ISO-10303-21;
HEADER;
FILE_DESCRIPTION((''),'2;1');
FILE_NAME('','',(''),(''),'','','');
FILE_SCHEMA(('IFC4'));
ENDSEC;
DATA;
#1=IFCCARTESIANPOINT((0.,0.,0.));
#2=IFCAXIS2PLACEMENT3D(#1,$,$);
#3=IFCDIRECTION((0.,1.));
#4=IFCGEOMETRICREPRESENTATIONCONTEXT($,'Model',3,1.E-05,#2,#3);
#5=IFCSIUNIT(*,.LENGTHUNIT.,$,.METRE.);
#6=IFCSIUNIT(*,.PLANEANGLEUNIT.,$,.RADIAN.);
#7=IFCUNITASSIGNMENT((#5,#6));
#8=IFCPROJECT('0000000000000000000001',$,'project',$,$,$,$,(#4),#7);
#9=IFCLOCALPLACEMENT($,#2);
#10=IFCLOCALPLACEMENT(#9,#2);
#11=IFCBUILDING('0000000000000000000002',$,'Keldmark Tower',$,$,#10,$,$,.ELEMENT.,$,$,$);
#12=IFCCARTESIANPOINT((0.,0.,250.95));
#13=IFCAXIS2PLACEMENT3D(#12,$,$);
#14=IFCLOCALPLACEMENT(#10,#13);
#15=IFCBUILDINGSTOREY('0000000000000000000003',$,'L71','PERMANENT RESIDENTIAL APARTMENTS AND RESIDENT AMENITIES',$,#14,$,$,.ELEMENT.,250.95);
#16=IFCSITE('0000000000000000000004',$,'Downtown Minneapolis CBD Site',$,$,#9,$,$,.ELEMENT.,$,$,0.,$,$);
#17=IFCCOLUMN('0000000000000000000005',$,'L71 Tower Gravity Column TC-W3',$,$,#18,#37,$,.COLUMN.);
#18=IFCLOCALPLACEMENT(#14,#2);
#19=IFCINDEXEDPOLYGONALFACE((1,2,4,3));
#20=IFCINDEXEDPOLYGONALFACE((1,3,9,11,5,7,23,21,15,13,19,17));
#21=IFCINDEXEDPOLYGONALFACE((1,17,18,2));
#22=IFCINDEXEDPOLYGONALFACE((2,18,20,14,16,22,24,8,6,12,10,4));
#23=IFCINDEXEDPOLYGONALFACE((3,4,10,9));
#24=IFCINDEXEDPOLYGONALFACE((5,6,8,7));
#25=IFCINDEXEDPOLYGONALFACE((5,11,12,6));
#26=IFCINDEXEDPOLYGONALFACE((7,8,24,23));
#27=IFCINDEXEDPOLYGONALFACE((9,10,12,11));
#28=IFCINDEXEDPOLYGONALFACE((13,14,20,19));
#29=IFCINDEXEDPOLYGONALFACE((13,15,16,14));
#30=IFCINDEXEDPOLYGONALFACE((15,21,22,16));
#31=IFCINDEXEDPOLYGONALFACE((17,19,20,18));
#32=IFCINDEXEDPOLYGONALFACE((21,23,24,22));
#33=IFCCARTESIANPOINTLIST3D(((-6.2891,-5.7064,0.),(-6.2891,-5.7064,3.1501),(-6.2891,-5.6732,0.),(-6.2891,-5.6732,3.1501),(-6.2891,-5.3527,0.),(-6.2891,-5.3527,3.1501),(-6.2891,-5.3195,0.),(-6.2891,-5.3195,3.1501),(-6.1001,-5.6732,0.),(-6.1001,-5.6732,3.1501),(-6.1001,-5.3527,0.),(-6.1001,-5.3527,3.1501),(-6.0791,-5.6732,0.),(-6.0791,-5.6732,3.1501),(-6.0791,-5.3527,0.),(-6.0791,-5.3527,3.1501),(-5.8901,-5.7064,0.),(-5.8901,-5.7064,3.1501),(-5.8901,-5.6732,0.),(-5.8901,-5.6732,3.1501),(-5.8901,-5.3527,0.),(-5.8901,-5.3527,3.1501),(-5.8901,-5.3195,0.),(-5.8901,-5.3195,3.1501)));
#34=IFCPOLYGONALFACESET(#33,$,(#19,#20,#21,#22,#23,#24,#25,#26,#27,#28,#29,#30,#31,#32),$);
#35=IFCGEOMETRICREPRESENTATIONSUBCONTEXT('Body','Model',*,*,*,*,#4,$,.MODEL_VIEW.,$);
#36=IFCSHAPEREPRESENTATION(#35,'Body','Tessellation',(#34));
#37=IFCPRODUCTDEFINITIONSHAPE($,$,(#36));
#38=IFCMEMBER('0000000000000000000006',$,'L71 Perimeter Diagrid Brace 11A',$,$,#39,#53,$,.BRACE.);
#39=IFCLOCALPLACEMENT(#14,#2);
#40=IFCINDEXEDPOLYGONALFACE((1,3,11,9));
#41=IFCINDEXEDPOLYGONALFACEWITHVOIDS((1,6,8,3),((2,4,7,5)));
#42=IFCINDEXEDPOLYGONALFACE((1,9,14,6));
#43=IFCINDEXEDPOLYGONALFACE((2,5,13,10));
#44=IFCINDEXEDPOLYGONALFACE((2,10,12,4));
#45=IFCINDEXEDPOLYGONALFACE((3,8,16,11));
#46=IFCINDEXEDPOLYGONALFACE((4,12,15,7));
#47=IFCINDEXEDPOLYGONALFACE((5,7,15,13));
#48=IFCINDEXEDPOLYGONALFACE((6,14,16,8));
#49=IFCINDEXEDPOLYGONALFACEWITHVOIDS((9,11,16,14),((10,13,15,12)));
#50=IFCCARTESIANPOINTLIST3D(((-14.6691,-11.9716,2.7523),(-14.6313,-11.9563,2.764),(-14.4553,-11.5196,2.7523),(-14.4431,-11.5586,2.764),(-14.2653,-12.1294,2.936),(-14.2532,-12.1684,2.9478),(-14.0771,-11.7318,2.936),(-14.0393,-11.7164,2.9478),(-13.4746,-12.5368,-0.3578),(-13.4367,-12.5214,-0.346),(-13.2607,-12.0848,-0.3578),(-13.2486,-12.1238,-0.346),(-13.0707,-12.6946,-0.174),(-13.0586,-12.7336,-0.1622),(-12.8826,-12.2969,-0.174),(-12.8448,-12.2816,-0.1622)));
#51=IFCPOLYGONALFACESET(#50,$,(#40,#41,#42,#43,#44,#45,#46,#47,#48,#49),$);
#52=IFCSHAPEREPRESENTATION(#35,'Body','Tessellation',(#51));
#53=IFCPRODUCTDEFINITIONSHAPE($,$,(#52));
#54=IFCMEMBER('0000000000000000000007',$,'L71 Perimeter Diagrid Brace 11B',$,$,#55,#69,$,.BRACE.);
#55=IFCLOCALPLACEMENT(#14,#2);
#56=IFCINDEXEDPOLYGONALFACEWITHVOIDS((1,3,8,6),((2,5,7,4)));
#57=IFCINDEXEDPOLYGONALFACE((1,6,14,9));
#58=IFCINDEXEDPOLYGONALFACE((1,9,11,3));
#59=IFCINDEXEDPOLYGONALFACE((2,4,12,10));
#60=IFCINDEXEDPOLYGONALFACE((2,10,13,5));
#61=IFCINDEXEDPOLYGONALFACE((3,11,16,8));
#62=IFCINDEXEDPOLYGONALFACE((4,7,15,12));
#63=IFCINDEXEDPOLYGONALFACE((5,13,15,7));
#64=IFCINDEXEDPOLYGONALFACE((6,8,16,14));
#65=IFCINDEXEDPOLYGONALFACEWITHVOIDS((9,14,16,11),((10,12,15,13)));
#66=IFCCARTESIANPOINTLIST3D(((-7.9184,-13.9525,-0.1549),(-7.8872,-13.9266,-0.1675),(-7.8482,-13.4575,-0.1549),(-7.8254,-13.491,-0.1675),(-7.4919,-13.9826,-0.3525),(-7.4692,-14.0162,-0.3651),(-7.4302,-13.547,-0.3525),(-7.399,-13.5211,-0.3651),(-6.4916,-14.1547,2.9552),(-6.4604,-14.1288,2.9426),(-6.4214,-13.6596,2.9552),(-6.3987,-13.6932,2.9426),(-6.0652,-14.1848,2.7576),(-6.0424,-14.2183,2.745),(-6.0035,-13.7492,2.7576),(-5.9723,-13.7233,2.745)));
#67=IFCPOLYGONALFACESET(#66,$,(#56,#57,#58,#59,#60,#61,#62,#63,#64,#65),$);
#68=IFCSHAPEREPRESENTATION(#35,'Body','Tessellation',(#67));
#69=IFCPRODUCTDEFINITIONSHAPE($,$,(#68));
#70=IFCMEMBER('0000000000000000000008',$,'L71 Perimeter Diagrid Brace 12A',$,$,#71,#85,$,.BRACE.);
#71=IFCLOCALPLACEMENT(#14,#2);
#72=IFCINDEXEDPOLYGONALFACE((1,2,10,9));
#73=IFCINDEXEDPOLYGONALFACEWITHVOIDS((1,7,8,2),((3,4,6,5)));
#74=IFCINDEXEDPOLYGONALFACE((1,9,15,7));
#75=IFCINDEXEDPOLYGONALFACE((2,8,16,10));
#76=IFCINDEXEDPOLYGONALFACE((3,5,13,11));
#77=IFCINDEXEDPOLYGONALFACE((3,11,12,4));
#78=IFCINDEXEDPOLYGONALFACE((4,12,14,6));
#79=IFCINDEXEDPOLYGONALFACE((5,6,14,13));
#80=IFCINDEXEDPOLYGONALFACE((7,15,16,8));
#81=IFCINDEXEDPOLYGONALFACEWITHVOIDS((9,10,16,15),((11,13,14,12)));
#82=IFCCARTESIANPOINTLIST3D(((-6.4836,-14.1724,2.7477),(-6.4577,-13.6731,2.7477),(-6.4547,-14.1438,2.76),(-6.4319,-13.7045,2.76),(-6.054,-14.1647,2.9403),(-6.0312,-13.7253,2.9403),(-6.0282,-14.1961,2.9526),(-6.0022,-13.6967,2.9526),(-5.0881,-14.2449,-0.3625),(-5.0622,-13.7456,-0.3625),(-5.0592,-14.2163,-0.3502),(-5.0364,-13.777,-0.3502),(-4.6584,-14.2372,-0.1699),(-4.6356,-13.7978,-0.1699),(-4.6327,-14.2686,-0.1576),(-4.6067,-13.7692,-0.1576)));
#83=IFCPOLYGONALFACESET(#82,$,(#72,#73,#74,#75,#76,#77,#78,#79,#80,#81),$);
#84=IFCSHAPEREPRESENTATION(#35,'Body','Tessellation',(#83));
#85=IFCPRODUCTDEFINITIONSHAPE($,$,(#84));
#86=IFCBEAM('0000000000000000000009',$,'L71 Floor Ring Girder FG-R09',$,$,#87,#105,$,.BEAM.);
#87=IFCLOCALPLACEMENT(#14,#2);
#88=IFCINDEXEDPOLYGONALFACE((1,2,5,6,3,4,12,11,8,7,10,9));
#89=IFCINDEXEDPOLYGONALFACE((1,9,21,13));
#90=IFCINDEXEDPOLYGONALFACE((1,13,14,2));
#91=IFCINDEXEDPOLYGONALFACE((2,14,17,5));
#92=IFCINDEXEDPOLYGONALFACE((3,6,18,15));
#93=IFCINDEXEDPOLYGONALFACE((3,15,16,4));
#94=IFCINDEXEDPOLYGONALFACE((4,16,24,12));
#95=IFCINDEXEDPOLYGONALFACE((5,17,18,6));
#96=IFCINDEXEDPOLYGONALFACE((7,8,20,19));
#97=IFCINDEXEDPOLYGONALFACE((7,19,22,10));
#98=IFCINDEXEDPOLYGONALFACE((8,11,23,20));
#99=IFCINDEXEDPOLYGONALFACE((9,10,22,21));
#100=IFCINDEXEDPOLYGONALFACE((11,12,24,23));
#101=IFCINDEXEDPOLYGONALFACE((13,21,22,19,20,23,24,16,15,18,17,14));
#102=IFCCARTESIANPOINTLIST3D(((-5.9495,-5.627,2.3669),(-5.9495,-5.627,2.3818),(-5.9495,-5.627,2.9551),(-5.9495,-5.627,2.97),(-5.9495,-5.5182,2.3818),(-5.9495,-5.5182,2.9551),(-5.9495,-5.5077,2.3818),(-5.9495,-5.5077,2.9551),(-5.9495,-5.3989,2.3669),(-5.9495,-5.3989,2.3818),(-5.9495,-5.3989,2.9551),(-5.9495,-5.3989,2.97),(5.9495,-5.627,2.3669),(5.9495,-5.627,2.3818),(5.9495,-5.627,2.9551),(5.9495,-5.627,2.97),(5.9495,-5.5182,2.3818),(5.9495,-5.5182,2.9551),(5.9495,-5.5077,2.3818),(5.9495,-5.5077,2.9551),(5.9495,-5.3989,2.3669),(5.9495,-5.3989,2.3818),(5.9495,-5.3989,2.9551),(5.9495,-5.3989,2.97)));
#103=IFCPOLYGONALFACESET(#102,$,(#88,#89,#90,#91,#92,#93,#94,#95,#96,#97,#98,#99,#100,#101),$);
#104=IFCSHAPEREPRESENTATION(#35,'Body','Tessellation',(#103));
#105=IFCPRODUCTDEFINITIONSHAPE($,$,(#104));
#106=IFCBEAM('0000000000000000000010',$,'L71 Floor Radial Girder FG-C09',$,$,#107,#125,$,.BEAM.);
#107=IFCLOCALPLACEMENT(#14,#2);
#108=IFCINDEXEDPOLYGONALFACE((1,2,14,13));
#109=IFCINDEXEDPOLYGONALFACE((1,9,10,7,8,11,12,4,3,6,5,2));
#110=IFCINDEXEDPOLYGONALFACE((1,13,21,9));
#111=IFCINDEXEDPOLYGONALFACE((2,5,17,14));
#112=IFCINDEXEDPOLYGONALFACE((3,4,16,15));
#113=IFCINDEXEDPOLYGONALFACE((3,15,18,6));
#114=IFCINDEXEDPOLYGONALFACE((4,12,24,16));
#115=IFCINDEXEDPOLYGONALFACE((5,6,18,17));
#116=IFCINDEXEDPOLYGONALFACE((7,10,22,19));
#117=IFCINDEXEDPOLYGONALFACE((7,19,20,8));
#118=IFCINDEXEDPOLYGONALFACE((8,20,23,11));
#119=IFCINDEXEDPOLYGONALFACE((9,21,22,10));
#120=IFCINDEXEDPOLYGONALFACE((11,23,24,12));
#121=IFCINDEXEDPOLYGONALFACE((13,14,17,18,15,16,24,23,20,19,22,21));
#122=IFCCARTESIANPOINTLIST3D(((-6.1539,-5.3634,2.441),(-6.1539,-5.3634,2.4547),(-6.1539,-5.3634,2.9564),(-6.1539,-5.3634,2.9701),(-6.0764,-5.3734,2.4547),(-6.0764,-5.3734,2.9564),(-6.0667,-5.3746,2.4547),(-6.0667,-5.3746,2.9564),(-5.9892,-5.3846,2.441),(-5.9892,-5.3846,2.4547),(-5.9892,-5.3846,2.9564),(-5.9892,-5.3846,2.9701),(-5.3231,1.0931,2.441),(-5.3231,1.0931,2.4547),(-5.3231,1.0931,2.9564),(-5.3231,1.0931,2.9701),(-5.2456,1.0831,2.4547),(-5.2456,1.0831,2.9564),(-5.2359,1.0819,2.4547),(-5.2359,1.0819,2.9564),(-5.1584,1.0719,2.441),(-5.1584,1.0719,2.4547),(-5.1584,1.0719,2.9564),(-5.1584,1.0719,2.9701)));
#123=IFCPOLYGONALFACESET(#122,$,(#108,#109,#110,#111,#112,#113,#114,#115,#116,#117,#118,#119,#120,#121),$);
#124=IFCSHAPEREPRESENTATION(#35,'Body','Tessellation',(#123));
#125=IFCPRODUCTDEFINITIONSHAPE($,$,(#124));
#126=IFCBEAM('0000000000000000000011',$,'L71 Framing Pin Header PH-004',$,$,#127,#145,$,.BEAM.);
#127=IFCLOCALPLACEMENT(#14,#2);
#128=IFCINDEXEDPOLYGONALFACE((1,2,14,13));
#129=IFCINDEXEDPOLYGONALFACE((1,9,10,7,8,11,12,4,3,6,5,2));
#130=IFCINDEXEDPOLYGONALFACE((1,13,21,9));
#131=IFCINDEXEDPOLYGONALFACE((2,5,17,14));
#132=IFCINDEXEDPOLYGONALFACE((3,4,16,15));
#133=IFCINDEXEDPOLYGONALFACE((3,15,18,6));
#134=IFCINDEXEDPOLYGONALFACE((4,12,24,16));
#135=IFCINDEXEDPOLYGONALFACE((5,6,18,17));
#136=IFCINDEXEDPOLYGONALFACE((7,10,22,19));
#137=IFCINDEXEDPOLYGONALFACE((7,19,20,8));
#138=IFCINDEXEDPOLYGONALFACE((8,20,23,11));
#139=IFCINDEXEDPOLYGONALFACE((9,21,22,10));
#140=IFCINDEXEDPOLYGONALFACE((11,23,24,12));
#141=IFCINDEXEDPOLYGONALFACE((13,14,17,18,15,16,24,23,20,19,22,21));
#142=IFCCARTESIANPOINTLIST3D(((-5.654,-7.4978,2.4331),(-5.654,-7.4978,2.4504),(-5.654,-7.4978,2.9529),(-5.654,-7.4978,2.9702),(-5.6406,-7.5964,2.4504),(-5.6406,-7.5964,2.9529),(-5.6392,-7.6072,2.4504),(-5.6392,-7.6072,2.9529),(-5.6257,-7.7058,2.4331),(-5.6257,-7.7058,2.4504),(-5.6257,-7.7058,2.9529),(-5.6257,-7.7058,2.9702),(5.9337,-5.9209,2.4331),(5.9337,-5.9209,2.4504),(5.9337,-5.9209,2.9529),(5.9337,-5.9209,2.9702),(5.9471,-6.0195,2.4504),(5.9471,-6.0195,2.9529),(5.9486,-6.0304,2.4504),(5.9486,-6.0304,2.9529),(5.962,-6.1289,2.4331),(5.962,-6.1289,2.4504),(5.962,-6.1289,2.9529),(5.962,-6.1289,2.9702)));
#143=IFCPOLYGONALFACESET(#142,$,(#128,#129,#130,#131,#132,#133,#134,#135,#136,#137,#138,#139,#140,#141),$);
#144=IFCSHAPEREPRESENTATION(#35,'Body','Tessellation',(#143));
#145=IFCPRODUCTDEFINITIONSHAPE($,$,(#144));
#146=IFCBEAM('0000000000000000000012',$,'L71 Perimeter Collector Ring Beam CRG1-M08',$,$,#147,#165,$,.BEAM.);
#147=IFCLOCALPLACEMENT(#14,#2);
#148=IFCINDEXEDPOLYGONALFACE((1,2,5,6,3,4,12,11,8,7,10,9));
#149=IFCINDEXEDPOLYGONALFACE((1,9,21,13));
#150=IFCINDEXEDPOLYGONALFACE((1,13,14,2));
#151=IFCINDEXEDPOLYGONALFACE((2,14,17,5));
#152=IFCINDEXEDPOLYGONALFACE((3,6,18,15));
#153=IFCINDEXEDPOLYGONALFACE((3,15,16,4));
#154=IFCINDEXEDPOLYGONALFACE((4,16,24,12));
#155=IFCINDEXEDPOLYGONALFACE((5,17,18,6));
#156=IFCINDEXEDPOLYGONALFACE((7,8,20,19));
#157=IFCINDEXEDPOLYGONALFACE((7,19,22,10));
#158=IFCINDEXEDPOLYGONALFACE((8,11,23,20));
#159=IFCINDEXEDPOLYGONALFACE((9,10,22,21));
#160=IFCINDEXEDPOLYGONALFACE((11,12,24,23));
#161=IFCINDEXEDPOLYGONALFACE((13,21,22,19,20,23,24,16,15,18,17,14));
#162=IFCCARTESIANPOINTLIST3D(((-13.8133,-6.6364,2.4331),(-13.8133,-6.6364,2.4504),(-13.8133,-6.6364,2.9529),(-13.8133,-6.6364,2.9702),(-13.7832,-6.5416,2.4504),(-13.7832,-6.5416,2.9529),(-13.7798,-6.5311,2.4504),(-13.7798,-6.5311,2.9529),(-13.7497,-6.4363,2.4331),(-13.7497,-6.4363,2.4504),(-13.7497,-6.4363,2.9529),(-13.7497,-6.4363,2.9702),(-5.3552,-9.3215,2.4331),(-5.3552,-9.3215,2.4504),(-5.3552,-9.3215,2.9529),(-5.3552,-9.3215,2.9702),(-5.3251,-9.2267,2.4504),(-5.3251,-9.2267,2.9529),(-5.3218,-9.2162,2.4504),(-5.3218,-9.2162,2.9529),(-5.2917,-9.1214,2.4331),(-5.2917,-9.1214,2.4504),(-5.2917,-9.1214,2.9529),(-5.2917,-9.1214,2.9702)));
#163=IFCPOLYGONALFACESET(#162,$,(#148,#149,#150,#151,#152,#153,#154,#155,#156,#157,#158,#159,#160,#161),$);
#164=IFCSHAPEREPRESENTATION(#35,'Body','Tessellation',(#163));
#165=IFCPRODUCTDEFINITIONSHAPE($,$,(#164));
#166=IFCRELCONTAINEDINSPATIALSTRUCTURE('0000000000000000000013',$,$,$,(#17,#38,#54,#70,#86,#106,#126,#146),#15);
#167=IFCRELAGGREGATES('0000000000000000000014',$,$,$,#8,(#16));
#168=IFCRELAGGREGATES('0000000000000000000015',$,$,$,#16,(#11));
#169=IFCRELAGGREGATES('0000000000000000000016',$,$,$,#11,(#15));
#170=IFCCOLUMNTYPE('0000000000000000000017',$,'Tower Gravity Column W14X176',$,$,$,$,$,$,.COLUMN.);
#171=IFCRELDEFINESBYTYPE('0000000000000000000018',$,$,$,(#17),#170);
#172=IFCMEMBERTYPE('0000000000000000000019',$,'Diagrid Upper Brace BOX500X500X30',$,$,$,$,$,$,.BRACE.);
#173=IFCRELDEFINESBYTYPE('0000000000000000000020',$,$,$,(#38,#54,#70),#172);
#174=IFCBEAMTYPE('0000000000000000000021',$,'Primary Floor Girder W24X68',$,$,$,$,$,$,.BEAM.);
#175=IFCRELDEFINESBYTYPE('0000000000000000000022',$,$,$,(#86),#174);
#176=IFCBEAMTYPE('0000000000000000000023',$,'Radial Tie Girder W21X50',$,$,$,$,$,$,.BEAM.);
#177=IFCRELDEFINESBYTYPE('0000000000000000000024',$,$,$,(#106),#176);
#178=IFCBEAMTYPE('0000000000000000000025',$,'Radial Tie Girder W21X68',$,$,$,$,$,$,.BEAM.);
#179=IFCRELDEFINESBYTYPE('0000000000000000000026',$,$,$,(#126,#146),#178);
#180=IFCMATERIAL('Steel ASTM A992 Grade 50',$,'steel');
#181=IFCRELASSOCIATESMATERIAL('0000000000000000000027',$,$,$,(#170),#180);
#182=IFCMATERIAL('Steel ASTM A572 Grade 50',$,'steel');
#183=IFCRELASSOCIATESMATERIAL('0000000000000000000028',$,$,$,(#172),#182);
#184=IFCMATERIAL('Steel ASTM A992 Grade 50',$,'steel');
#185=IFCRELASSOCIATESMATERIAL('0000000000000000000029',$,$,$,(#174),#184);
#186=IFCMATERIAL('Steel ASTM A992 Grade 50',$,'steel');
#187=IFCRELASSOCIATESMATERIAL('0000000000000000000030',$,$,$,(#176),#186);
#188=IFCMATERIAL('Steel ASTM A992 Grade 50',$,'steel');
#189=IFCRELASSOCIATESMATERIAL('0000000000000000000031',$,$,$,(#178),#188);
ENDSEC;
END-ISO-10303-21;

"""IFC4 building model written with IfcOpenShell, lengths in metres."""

from ifc_helpers import new_model, si_unit, direction, frame, origin, origin_2d, place, context, subcontext, project, spatial, hollow_rectangle, i_section, extrude, material, material_profile, profile_set, type_object, element, save


model = new_model("IFC4")

# Units and contexts
model_context = context("Model", 3, precision=1e-05, world=origin(), true_north=direction((0.0, 1.0)))
body_context = subcontext(model_context, "Body", "Model", "MODEL_VIEW")
ifc_project = project(units=[si_unit("LENGTHUNIT", "METRE"), si_unit("PLANEANGLEUNIT", "RADIAN")], contexts=[model_context])

# Site, building, storey
site_placement = place(None, origin())
site = spatial("IfcSite", under=ifc_project, at=site_placement, Name="Downtown Minneapolis CBD Site", CompositionType="ELEMENT", RefElevation=0.0)
building_placement = place(site_placement, origin())
building = spatial("IfcBuilding", under=site, at=building_placement, Name="Keldmark Tower", CompositionType="ELEMENT")
storey_placement = place(building_placement, frame((0.0, 0.0, 250.95)))
storey = spatial("IfcBuildingStorey", under=building, at=storey_placement, Name="L71", Description="PERMANENT RESIDENTIAL APARTMENTS AND RESIDENT AMENITIES", CompositionType="ELEMENT", Elevation=250.95)

# Column
ifc_material_1 = material(Name="Steel ASTM A992 Grade 50", Category="steel")
ifc_material_profile_1 = material_profile(ifc_material_1, i_section(OverallWidth=0.3989, OverallDepth=0.387, WebThickness=0.021, FlangeThickness=0.0332, at=origin_2d()), Name="W14X176")
ifc_profile_set_1 = profile_set([ifc_material_profile_1], Name="Steel ASTM A992 Grade 50")
column_type = type_object("IfcColumnType", Name="Tower Gravity Column W14X176", PredefinedType="COLUMN", material=ifc_profile_set_1)
column_placement = place(storey_placement, frame((-6.0896, -5.5129, 0.0), z_axis=(0.0, 0.0, 1.0), x_axis=(1.0, 0.0, 0.0)))
element("IfcColumn", 1, at=column_placement, inside=storey, type_object=column_type, Name="L71 Tower Gravity Column TC-W3", PredefinedType="COLUMN", context=body_context, shape_type="SweptSolid", body=[
    extrude(i_section(OverallWidth=0.3989, OverallDepth=0.387, WebThickness=0.021, FlangeThickness=0.0332, at=origin_2d()), origin(), (0.0, 0.0, 1.0), 3.1501),
])

# Members
ifc_material_2 = material(Name="Steel ASTM A572 Grade 50", Category="steel")
ifc_material_profile_2 = material_profile(ifc_material_2, hollow_rectangle(XDim=0.5, YDim=0.5, WallThickness=0.03, at=origin_2d()), Name="BOX500X500X30")
ifc_profile_set_2 = profile_set([ifc_material_profile_2], Name="Steel ASTM A572 Grade 50")
member_type = type_object("IfcMemberType", Name="Diagrid Upper Brace BOX500X500X30", PredefinedType="BRACE", material=ifc_profile_set_2)
member_1_placement = place(storey_placement, frame((-13.1597, -12.4092, -0.26), z_axis=(-0.353506, 0.167253, 0.920359), x_axis=(-0.427673, -0.903933, 0.0)))
element("IfcMember", 2, at=member_1_placement, inside=storey, type_object=member_type, Name="L71 Perimeter Diagrid Brace 11A", PredefinedType="BRACE", context=body_context, shape_type="SweptSolid", body=[
    extrude(hollow_rectangle(XDim=0.5, YDim=0.5, WallThickness=0.03, at=origin_2d()), origin(), (0.0, 0.0, 1.0), 3.3792),
])
member_2_placement = place(storey_placement, frame((-7.6587, -13.7368, -0.26), z_axis=(0.416241, -0.058975, 0.90734), x_axis=(0.140283, 0.990111, 0.0)))
element("IfcMember", 3, at=member_2_placement, inside=storey, type_object=member_type, Name="L71 Perimeter Diagrid Brace 11B", PredefinedType="BRACE", context=body_context, shape_type="SweptSolid", body=[
    extrude(hollow_rectangle(XDim=0.5, YDim=0.5, WallThickness=0.03, at=origin_2d()), origin(), (0.0, 0.0, 1.0), 3.4277),
])
member_3_placement = place(storey_placement, frame((-4.8474, -14.0071, -0.26), z_axis=(-0.409286, 0.021266, 0.912158), x_axis=(-0.051889, -0.998653, 0.0)))
element("IfcMember", 4, at=member_3_placement, inside=storey, type_object=member_type, Name="L71 Perimeter Diagrid Brace 12A", PredefinedType="BRACE", context=body_context, shape_type="SweptSolid", body=[
    extrude(hollow_rectangle(XDim=0.5, YDim=0.5, WallThickness=0.03, at=origin_2d()), origin(), (0.0, 0.0, 1.0), 3.4097),
])

# Beams
ifc_material_3 = material(Name="Steel ASTM A992 Grade 50", Category="steel")
ifc_material_profile_3 = material_profile(ifc_material_3, i_section(OverallWidth=0.228, OverallDepth=0.603, WebThickness=0.0105, FlangeThickness=0.0149, at=origin_2d()), Name="W24X68")
ifc_profile_set_3 = profile_set([ifc_material_profile_3], Name="Steel ASTM A992 Grade 50")
beam_type_1 = type_object("IfcBeamType", Name="Primary Floor Girder W24X68", PredefinedType="BEAM", material=ifc_profile_set_3)
beam_1_placement = place(storey_placement, frame((-5.9495, -5.5129, 2.6685), z_axis=(1.0, 0.0, 0.0), x_axis=(0.0, 1.0, 0.0)))
element("IfcBeam", 5, at=beam_1_placement, inside=storey, type_object=beam_type_1, Name="L71 Floor Ring Girder FG-R09", PredefinedType="BEAM", context=body_context, shape_type="SweptSolid", body=[
    extrude(i_section(OverallWidth=0.228, OverallDepth=0.603, WebThickness=0.0105, FlangeThickness=0.0149, at=origin_2d()), origin(), (0.0, 0.0, 1.0), 11.8989),
])
ifc_material_4 = material(Name="Steel ASTM A992 Grade 50", Category="steel")
ifc_material_profile_4 = material_profile(ifc_material_4, i_section(OverallWidth=0.166, OverallDepth=0.5291, WebThickness=0.0098, FlangeThickness=0.0137, at=origin_2d()), Name="W21X50")
ifc_profile_set_4 = profile_set([ifc_material_profile_4], Name="Steel ASTM A992 Grade 50")
beam_type_2 = type_object("IfcBeamType", Name="Radial Tie Girder W21X50", PredefinedType="BEAM", material=ifc_profile_set_4)
beam_2_placement = place(storey_placement, frame((-6.0715, -5.374, 2.7056), z_axis=(0.127625, 0.991822, 0.0), x_axis=(-0.991822, 0.127625, 0.0)))
element("IfcBeam", 6, at=beam_2_placement, inside=storey, type_object=beam_type_2, Name="L71 Floor Radial Girder FG-C09", PredefinedType="BEAM", context=body_context, shape_type="SweptSolid", body=[
    extrude(i_section(OverallWidth=0.166, OverallDepth=0.5291, WebThickness=0.0098, FlangeThickness=0.0137, at=origin_2d()), origin(), (0.0, 0.0, 1.0), 6.5098),
])
ifc_material_5 = material(Name="Steel ASTM A992 Grade 50", Category="steel")
ifc_material_profile_5 = material_profile(ifc_material_5, i_section(OverallWidth=0.21, OverallDepth=0.5371, WebThickness=0.011, FlangeThickness=0.0173, at=origin_2d()), Name="W21X68")
ifc_profile_set_5 = profile_set([ifc_material_profile_5], Name="Steel ASTM A992 Grade 50")
beam_type_3 = type_object("IfcBeamType", Name="Radial Tie Girder W21X68", PredefinedType="BEAM", material=ifc_profile_set_5)
beam_3_placement = place(storey_placement, frame((-5.6399, -7.6018, 2.7017), z_axis=(0.990867, 0.134839, 0.0), x_axis=(-0.134839, 0.990867, 0.0)))
element("IfcBeam", 7, at=beam_3_placement, inside=storey, type_object=beam_type_3, Name="L71 Framing Pin Header PH-004", PredefinedType="BEAM", context=body_context, shape_type="SweptSolid", body=[
    extrude(i_section(OverallWidth=0.21, OverallDepth=0.5371, WebThickness=0.011, FlangeThickness=0.0173, at=origin_2d()), origin(), (0.0, 0.0, 1.0), 11.6946),
])
beam_4_placement = place(storey_placement, frame((-13.7815, -6.5364, 2.7017), z_axis=(0.953125, -0.302577, 0.0), x_axis=(0.302577, 0.953125, 0.0)))
element("IfcBeam", 8, at=beam_4_placement, inside=storey, type_object=beam_type_3, Name="L71 Perimeter Collector Ring Beam CRG1-M08", PredefinedType="BEAM", context=body_context, shape_type="SweptSolid", body=[
    extrude(i_section(OverallWidth=0.21, OverallDepth=0.5371, WebThickness=0.011, FlangeThickness=0.0173, at=origin_2d()), origin(), (0.0, 0.0, 1.0), 8.874),
])

save(model, "model.ifc")
